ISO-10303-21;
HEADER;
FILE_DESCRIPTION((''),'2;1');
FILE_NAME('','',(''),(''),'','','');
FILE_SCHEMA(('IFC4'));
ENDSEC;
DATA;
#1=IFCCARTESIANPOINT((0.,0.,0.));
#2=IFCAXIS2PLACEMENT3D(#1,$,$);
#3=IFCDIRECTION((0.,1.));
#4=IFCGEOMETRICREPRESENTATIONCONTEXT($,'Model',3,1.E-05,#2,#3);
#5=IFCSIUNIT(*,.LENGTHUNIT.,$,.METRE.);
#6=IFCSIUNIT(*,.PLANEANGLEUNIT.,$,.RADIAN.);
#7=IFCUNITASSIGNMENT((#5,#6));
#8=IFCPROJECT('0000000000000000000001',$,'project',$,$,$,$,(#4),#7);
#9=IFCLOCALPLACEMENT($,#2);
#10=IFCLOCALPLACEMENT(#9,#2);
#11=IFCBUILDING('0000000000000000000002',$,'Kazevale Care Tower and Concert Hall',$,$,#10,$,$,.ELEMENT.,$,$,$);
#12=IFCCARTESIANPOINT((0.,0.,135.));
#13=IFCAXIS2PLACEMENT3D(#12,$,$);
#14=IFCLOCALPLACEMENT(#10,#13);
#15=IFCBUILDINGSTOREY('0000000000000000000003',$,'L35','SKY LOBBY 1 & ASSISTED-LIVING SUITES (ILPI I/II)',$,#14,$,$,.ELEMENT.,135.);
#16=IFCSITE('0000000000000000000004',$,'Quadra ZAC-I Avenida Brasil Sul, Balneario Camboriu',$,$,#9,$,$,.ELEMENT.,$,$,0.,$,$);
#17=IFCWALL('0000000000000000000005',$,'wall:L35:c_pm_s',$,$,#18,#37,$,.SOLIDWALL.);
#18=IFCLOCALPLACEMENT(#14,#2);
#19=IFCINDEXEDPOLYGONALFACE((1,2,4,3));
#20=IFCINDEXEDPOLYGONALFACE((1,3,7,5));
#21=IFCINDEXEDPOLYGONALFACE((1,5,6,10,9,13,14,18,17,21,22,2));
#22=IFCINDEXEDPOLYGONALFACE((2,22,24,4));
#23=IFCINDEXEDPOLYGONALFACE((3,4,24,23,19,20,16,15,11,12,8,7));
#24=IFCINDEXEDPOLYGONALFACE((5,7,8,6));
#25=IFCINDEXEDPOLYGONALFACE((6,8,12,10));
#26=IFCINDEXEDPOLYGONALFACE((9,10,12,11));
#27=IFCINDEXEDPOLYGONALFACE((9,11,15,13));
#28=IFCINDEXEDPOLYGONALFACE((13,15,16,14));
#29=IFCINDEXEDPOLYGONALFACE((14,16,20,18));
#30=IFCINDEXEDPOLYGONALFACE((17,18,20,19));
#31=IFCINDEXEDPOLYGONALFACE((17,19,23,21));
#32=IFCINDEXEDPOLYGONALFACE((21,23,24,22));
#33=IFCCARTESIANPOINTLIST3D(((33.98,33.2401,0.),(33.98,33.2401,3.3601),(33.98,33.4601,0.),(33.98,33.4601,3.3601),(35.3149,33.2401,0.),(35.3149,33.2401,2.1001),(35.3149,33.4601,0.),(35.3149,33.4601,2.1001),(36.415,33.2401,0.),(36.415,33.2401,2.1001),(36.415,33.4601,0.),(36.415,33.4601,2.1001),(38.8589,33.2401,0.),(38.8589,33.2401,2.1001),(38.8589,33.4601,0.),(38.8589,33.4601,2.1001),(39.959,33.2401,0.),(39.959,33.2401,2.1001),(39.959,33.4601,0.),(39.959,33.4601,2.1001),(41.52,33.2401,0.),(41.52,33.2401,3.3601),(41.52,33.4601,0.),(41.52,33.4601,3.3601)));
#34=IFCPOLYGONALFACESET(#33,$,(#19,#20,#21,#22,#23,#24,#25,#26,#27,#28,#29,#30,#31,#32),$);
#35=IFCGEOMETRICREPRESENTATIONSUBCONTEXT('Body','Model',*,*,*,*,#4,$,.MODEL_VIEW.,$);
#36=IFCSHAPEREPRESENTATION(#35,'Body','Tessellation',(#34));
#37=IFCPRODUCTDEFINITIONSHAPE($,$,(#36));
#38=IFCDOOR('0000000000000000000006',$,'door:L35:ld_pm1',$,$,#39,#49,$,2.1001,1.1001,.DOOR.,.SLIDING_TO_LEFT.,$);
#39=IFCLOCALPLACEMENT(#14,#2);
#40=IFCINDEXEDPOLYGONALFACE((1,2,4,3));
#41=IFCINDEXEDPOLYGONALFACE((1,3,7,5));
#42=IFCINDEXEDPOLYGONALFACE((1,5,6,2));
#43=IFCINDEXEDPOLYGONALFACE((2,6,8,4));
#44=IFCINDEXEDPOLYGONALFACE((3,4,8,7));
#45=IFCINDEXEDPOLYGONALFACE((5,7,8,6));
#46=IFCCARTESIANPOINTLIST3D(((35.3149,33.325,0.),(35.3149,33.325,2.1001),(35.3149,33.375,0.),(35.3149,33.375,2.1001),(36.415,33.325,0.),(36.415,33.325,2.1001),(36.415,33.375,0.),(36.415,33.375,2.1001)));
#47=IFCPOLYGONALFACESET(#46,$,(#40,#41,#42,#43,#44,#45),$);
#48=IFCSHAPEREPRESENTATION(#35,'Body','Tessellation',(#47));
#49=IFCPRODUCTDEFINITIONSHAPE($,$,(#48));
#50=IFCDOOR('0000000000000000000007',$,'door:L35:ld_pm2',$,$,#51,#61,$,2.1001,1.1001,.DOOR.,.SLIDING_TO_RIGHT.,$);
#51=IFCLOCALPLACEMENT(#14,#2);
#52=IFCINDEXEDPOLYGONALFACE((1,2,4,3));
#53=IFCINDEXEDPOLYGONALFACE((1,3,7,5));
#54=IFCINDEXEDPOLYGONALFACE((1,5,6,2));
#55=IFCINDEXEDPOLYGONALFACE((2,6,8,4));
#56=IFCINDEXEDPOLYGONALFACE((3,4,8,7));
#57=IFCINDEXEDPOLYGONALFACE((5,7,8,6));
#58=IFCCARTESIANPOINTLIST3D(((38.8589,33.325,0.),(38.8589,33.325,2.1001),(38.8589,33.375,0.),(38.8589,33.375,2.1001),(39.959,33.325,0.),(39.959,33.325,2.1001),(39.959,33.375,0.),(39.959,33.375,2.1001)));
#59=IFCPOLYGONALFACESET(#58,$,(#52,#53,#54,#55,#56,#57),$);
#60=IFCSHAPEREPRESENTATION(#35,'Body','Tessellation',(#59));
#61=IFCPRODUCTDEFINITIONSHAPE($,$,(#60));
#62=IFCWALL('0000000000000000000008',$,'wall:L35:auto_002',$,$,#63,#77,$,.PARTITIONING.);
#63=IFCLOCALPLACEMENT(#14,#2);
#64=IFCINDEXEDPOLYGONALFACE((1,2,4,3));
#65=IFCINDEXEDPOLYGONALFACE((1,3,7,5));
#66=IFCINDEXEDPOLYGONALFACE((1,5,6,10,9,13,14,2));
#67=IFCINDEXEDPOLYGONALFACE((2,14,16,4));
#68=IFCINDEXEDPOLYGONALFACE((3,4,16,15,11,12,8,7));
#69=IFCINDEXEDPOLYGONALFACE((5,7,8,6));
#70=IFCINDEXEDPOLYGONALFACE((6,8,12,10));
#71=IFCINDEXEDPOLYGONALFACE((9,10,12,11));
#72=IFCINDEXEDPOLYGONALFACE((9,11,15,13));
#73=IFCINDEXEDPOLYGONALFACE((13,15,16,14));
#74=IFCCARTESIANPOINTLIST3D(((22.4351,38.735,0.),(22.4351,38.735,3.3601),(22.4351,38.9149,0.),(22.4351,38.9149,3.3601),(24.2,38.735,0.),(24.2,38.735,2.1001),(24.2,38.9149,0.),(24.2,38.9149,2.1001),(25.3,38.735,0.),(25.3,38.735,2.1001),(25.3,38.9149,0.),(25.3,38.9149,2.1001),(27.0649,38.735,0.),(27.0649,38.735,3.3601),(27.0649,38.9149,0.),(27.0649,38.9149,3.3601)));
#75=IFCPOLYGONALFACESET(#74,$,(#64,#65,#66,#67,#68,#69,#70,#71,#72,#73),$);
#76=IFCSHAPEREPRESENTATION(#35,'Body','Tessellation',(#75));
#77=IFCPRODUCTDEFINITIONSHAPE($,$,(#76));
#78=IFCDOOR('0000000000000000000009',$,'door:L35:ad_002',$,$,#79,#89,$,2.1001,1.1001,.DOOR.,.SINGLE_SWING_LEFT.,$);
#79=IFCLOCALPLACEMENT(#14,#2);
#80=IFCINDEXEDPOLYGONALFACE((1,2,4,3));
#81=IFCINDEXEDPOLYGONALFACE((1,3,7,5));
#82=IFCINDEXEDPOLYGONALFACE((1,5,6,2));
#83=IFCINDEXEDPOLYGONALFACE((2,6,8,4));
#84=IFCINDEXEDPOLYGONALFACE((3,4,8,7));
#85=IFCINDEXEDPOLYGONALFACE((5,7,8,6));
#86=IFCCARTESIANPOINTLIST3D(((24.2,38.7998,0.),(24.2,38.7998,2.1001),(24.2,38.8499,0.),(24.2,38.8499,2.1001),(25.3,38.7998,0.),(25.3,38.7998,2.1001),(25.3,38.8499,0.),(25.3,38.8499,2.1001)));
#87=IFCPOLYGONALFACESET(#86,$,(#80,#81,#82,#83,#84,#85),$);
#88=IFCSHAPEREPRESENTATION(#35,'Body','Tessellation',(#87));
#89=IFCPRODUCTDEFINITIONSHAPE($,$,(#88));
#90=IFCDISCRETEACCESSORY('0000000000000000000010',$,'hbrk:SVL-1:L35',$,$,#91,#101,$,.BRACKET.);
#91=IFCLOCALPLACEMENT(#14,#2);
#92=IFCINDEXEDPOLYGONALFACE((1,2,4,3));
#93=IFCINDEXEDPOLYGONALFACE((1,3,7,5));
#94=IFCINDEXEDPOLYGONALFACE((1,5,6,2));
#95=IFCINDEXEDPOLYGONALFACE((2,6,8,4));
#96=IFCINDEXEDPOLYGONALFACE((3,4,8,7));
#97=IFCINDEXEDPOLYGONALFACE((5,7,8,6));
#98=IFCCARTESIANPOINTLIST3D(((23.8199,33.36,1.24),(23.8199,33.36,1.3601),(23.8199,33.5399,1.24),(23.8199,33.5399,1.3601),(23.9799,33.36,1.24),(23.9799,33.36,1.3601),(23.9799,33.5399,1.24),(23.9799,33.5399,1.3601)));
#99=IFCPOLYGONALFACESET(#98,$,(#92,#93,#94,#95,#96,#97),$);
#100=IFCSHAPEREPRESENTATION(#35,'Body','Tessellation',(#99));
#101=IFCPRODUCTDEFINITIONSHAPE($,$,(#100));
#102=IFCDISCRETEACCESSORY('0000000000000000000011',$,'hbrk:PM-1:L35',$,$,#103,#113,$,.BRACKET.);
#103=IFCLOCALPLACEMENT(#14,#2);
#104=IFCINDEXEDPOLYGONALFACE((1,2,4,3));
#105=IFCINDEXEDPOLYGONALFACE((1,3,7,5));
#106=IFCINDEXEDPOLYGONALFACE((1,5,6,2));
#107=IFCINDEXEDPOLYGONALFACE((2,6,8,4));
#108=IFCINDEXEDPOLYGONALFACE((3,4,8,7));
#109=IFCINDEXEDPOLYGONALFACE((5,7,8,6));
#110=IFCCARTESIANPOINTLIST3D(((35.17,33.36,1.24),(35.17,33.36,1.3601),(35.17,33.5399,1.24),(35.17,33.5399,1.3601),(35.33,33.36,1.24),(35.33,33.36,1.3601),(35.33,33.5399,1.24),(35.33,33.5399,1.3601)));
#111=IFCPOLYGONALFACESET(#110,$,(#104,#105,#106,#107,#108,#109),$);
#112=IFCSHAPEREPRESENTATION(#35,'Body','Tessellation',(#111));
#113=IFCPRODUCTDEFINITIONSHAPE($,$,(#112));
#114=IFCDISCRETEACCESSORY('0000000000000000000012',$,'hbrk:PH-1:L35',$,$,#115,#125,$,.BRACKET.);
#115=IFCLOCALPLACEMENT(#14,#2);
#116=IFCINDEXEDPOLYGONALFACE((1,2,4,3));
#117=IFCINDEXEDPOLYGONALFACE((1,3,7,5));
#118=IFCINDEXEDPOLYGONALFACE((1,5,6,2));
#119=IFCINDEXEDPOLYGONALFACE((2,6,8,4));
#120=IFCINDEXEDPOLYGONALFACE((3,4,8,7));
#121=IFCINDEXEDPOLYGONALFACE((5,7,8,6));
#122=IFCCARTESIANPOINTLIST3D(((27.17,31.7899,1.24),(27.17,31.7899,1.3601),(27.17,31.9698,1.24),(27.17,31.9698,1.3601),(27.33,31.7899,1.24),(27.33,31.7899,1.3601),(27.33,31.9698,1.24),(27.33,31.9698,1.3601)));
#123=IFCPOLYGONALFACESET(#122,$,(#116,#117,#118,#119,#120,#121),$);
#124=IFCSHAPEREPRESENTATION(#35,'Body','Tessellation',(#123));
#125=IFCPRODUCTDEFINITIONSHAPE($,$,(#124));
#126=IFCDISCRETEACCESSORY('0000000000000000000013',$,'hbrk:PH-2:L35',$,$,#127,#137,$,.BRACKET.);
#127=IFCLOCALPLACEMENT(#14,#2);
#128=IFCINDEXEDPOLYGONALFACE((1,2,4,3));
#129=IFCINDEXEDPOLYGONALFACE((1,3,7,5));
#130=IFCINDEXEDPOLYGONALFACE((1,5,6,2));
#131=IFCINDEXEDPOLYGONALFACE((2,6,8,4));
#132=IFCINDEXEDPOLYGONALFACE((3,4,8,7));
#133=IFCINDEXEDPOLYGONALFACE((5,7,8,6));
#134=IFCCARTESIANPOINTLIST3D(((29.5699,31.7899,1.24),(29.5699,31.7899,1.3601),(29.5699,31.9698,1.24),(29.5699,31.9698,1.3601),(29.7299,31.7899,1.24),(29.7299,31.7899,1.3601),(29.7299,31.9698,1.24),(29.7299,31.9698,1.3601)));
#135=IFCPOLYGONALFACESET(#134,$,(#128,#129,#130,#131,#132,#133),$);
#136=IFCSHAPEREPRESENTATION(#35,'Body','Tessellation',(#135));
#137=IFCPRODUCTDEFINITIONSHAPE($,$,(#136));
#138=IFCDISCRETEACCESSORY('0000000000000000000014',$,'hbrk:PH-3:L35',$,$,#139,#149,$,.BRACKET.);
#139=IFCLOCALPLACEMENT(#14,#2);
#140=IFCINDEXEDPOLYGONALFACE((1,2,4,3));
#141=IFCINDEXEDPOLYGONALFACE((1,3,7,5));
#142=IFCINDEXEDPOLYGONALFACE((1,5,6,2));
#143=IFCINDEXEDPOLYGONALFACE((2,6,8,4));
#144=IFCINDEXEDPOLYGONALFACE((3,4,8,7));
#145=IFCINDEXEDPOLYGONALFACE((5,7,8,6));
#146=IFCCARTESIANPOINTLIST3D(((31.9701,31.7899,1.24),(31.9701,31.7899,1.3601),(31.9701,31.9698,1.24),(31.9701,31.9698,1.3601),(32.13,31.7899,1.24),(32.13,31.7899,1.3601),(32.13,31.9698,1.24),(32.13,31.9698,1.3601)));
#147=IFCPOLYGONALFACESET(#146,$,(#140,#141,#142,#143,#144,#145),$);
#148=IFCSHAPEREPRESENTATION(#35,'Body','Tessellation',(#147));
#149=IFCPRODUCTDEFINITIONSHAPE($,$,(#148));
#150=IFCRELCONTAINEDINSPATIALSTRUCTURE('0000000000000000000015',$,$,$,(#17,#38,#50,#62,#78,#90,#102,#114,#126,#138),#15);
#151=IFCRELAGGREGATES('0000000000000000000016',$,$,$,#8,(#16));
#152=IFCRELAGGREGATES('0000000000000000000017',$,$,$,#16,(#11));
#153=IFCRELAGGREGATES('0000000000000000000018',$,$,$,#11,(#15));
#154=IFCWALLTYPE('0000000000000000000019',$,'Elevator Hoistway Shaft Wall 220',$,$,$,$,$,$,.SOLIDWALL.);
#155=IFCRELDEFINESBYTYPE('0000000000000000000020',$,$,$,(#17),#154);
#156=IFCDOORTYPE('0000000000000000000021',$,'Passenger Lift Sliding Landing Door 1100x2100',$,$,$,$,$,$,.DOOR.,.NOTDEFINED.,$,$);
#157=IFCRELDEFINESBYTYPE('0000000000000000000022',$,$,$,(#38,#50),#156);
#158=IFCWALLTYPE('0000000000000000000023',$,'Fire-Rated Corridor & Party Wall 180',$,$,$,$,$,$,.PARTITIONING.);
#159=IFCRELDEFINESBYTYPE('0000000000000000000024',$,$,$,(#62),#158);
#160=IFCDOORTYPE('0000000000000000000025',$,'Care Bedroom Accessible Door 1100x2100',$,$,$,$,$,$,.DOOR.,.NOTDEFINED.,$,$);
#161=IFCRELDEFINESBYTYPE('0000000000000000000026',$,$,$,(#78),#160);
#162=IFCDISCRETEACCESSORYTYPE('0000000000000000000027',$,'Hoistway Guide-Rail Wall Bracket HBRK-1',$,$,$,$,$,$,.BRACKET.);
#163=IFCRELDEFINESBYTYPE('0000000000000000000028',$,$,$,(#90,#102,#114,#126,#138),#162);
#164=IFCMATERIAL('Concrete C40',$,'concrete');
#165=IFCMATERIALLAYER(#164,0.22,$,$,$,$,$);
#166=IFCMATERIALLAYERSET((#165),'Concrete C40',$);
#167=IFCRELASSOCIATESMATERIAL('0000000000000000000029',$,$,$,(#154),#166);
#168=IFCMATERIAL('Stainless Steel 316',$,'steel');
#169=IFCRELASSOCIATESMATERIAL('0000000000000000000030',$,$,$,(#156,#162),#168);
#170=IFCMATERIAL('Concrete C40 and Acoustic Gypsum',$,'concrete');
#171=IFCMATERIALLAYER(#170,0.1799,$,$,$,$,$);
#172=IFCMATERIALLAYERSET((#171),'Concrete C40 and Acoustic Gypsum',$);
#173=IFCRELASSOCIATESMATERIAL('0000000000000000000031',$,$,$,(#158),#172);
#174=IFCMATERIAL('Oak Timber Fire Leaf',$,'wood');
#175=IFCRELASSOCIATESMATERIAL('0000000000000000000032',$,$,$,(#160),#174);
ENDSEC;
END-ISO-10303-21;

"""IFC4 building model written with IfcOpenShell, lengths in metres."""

from ifc_helpers import new_model, si_unit, direction, frame, frame_2d, origin, origin_2d, place, context, subcontext, project, spatial, rectangle, extrude, material, layer, layer_set, type_object, element, fill, save


model = new_model("IFC4")

# Units and contexts
model_context = context("Model", 3, precision=1e-05, world=origin(), true_north=direction((0.0, 1.0)))
body_context = subcontext(model_context, "Body", "Model", "MODEL_VIEW")
ifc_project = project(units=[si_unit("LENGTHUNIT", "METRE"), si_unit("PLANEANGLEUNIT", "RADIAN")], contexts=[model_context])

# Site, building, storey
site_placement = place(None, origin())
site = spatial("IfcSite", under=ifc_project, at=site_placement, Name="Quadra ZAC-I Avenida Brasil Sul, Balneario Camboriu", CompositionType="ELEMENT", RefElevation=0.0)
building_placement = place(site_placement, origin())
building = spatial("IfcBuilding", under=site, at=building_placement, Name="Kazevale Care Tower and Concert Hall", CompositionType="ELEMENT")
storey_placement = place(building_placement, frame((0.0, 0.0, 135.0)))
storey = spatial("IfcBuildingStorey", under=building, at=storey_placement, Name="L35", Description="SKY LOBBY 1 & ASSISTED-LIVING SUITES (ILPI I/II)", CompositionType="ELEMENT", Elevation=135.0)

# Shared definitions
ifc_material_1 = material(Name="Oak Timber Fire Leaf", Category="wood")

# Shared definitions
ifc_material_2 = material(Name="Concrete C40", Category="concrete")
ifc_layer_1 = layer(ifc_material_2, 0.22)
ifc_layer_set_1 = layer_set([ifc_layer_1], Name="Concrete C40")
wall_type_1 = type_object("IfcWallType", Name="Elevator Hoistway Shaft Wall 220", PredefinedType="SOLIDWALL", material=ifc_layer_set_1)

# Shared definitions
ifc_material_3 = material(Name="Stainless Steel 316", Category="steel")

# Wall, openings, doors
wall_1_placement = place(storey_placement, frame((33.98, 33.3501, 0.0), z_axis=(0.0, 0.0, 1.0), x_axis=(1.0, 0.0, 0.0)))
wall_1 = element("IfcWall", 1, at=wall_1_placement, inside=storey, type_object=wall_type_1, Name="wall:L35:c_pm_s", PredefinedType="SOLIDWALL", context=body_context, shape_type="SweptSolid", body=[
    extrude(rectangle(XDim=7.54, YDim=0.22, at=frame_2d((3.77, 0.0))), origin(), (0.0, 0.0, 1.0), 3.3601),
])
opening_1_placement = place(wall_1_placement, frame((1.335, 0.0, 0.0)))
opening_1 = element("IfcOpeningElement", 2, at=opening_1_placement, cuts=wall_1, PredefinedType="OPENING", context=body_context, shape_type="SweptSolid", body=[
    extrude(rectangle(XDim=1.1001, YDim=2.1001, at=frame_2d((0.55, 1.05))), frame((0.0, 0.1199, 0.0), z_axis=(0.0, -1.0, 0.0), x_axis=(1.0, 0.0, 0.0)), (0.0, 0.0, 1.0), 0.24),
])
opening_2_placement = place(wall_1_placement, frame((4.8789, 0.0, 0.0)))
opening_2 = element("IfcOpeningElement", 3, at=opening_2_placement, cuts=wall_1, PredefinedType="OPENING", context=body_context, shape_type="SweptSolid", body=[
    extrude(rectangle(XDim=1.1001, YDim=2.1001, at=frame_2d((0.55, 1.05))), frame((0.0, 0.1199, 0.0), z_axis=(0.0, -1.0, 0.0), x_axis=(1.0, 0.0, 0.0)), (0.0, 0.0, 1.0), 0.24),
])
door_type_1 = type_object("IfcDoorType", Name="Passenger Lift Sliding Landing Door 1100x2100", OperationType="NOTDEFINED", PredefinedType="DOOR", material=ifc_material_3)
door_1_placement = place(opening_1_placement, origin())
door_1 = element("IfcDoor", 4, at=door_1_placement, inside=storey, type_object=door_type_1, Name="door:L35:ld_pm1", OperationType="SLIDING_TO_LEFT", OverallHeight=2.1001, OverallWidth=1.1001, PredefinedType="DOOR", context=body_context, shape_type="SweptSolid", body=[
    extrude(rectangle(XDim=1.1001, YDim=2.1001, at=frame_2d((0.55, 1.05))), frame((0.0, 0.0249, 0.0), z_axis=(0.0, -1.0, 0.0), x_axis=(1.0, 0.0, 0.0)), (0.0, 0.0, 1.0), 0.05),
])
fill(opening_1, door_1)
door_2_placement = place(opening_2_placement, origin())
door_2 = element("IfcDoor", 5, at=door_2_placement, inside=storey, type_object=door_type_1, Name="door:L35:ld_pm2", OperationType="SLIDING_TO_RIGHT", OverallHeight=2.1001, OverallWidth=1.1001, PredefinedType="DOOR", context=body_context, shape_type="SweptSolid", body=[
    extrude(rectangle(XDim=1.1001, YDim=2.1001, at=frame_2d((0.55, 1.05))), frame((0.0, 0.0249, 0.0), z_axis=(0.0, -1.0, 0.0), x_axis=(1.0, 0.0, 0.0)), (0.0, 0.0, 1.0), 0.05),
])
fill(opening_2, door_2)

# Wall, opening, door
ifc_material_4 = material(Name="Concrete C40 and Acoustic Gypsum", Category="concrete")
ifc_layer_2 = layer(ifc_material_4, 0.1799)
ifc_layer_set_2 = layer_set([ifc_layer_2], Name="Concrete C40 and Acoustic Gypsum")
wall_type_2 = type_object("IfcWallType", Name="Fire-Rated Corridor & Party Wall 180", PredefinedType="PARTITIONING", material=ifc_layer_set_2)
wall_2_placement = place(storey_placement, frame((22.4351, 38.825, 0.0), z_axis=(0.0, 0.0, 1.0), x_axis=(1.0, 0.0, 0.0)))
wall_2 = element("IfcWall", 6, at=wall_2_placement, inside=storey, type_object=wall_type_2, Name="wall:L35:auto_002", PredefinedType="PARTITIONING", context=body_context, shape_type="SweptSolid", body=[
    extrude(rectangle(XDim=4.6299, YDim=0.1799, at=frame_2d((2.3149, 0.0))), origin(), (0.0, 0.0, 1.0), 3.3601),
])
opening_3_placement = place(wall_2_placement, frame((1.7649, 0.0, 0.0)))
opening_3 = element("IfcOpeningElement", 7, at=opening_3_placement, cuts=wall_2, PredefinedType="OPENING", context=body_context, shape_type="SweptSolid", body=[
    extrude(rectangle(XDim=1.1001, YDim=2.1001, at=frame_2d((0.55, 1.05))), frame((0.0, 0.0999, 0.0), z_axis=(0.0, -1.0, 0.0), x_axis=(1.0, 0.0, 0.0)), (0.0, 0.0, 1.0), 0.2),
])
door_type_2 = type_object("IfcDoorType", Name="Care Bedroom Accessible Door 1100x2100", OperationType="NOTDEFINED", PredefinedType="DOOR", material=ifc_material_1)
door_3_placement = place(opening_3_placement, origin())
door_3 = element("IfcDoor", 8, at=door_3_placement, inside=storey, type_object=door_type_2, Name="door:L35:ad_002", OperationType="SINGLE_SWING_LEFT", OverallHeight=2.1001, OverallWidth=1.1001, PredefinedType="DOOR", context=body_context, shape_type="SweptSolid", body=[
    extrude(rectangle(XDim=1.1001, YDim=2.1001, at=frame_2d((0.55, 1.05))), frame((0.0, 0.0249, 0.0), z_axis=(0.0, -1.0, 0.0), x_axis=(1.0, 0.0, 0.0)), (0.0, 0.0, 1.0), 0.05),
])
fill(opening_3, door_3)

# Discrete accessories
discrete_accessory_type = type_object("IfcDiscreteAccessoryType", Name="Hoistway Guide-Rail Wall Bracket HBRK-1", PredefinedType="BRACKET", material=ifc_material_3)
for number, where, z_axis, x_axis, name in (
    (9, (23.8999, 33.45, 1.24), (0.0, 0.0, 1.0), (1.0, 0.0, 0.0), "hbrk:SVL-1:L35"),
    (10, (35.25, 33.45, 1.24), (0.0, 0.0, 1.0), (1.0, 0.0, 0.0), "hbrk:PM-1:L35"),
    (11, (27.25, 31.8799, 1.24), (0.0, 0.0, 1.0), (1.0, 0.0, 0.0), "hbrk:PH-1:L35"),
    (12, (29.6499, 31.8799, 1.24), (0.0, 0.0, 1.0), (1.0, 0.0, 0.0), "hbrk:PH-2:L35"),
    (13, (32.05, 31.8799, 1.24), (0.0, 0.0, 1.0), (1.0, 0.0, 0.0), "hbrk:PH-3:L35"),
):
    element("IfcDiscreteAccessory", number, at=place(storey_placement, frame(where, z_axis=z_axis, x_axis=x_axis)), inside=storey, type_object=discrete_accessory_type, Name=name, PredefinedType="BRACKET", context=body_context, shape_type="SweptSolid", body=[
        extrude(rectangle(XDim=0.1599, YDim=0.1799, at=origin_2d()), origin(), (0.0, 0.0, 1.0), 0.1201),
    ])

save(model, "model.ifc")
